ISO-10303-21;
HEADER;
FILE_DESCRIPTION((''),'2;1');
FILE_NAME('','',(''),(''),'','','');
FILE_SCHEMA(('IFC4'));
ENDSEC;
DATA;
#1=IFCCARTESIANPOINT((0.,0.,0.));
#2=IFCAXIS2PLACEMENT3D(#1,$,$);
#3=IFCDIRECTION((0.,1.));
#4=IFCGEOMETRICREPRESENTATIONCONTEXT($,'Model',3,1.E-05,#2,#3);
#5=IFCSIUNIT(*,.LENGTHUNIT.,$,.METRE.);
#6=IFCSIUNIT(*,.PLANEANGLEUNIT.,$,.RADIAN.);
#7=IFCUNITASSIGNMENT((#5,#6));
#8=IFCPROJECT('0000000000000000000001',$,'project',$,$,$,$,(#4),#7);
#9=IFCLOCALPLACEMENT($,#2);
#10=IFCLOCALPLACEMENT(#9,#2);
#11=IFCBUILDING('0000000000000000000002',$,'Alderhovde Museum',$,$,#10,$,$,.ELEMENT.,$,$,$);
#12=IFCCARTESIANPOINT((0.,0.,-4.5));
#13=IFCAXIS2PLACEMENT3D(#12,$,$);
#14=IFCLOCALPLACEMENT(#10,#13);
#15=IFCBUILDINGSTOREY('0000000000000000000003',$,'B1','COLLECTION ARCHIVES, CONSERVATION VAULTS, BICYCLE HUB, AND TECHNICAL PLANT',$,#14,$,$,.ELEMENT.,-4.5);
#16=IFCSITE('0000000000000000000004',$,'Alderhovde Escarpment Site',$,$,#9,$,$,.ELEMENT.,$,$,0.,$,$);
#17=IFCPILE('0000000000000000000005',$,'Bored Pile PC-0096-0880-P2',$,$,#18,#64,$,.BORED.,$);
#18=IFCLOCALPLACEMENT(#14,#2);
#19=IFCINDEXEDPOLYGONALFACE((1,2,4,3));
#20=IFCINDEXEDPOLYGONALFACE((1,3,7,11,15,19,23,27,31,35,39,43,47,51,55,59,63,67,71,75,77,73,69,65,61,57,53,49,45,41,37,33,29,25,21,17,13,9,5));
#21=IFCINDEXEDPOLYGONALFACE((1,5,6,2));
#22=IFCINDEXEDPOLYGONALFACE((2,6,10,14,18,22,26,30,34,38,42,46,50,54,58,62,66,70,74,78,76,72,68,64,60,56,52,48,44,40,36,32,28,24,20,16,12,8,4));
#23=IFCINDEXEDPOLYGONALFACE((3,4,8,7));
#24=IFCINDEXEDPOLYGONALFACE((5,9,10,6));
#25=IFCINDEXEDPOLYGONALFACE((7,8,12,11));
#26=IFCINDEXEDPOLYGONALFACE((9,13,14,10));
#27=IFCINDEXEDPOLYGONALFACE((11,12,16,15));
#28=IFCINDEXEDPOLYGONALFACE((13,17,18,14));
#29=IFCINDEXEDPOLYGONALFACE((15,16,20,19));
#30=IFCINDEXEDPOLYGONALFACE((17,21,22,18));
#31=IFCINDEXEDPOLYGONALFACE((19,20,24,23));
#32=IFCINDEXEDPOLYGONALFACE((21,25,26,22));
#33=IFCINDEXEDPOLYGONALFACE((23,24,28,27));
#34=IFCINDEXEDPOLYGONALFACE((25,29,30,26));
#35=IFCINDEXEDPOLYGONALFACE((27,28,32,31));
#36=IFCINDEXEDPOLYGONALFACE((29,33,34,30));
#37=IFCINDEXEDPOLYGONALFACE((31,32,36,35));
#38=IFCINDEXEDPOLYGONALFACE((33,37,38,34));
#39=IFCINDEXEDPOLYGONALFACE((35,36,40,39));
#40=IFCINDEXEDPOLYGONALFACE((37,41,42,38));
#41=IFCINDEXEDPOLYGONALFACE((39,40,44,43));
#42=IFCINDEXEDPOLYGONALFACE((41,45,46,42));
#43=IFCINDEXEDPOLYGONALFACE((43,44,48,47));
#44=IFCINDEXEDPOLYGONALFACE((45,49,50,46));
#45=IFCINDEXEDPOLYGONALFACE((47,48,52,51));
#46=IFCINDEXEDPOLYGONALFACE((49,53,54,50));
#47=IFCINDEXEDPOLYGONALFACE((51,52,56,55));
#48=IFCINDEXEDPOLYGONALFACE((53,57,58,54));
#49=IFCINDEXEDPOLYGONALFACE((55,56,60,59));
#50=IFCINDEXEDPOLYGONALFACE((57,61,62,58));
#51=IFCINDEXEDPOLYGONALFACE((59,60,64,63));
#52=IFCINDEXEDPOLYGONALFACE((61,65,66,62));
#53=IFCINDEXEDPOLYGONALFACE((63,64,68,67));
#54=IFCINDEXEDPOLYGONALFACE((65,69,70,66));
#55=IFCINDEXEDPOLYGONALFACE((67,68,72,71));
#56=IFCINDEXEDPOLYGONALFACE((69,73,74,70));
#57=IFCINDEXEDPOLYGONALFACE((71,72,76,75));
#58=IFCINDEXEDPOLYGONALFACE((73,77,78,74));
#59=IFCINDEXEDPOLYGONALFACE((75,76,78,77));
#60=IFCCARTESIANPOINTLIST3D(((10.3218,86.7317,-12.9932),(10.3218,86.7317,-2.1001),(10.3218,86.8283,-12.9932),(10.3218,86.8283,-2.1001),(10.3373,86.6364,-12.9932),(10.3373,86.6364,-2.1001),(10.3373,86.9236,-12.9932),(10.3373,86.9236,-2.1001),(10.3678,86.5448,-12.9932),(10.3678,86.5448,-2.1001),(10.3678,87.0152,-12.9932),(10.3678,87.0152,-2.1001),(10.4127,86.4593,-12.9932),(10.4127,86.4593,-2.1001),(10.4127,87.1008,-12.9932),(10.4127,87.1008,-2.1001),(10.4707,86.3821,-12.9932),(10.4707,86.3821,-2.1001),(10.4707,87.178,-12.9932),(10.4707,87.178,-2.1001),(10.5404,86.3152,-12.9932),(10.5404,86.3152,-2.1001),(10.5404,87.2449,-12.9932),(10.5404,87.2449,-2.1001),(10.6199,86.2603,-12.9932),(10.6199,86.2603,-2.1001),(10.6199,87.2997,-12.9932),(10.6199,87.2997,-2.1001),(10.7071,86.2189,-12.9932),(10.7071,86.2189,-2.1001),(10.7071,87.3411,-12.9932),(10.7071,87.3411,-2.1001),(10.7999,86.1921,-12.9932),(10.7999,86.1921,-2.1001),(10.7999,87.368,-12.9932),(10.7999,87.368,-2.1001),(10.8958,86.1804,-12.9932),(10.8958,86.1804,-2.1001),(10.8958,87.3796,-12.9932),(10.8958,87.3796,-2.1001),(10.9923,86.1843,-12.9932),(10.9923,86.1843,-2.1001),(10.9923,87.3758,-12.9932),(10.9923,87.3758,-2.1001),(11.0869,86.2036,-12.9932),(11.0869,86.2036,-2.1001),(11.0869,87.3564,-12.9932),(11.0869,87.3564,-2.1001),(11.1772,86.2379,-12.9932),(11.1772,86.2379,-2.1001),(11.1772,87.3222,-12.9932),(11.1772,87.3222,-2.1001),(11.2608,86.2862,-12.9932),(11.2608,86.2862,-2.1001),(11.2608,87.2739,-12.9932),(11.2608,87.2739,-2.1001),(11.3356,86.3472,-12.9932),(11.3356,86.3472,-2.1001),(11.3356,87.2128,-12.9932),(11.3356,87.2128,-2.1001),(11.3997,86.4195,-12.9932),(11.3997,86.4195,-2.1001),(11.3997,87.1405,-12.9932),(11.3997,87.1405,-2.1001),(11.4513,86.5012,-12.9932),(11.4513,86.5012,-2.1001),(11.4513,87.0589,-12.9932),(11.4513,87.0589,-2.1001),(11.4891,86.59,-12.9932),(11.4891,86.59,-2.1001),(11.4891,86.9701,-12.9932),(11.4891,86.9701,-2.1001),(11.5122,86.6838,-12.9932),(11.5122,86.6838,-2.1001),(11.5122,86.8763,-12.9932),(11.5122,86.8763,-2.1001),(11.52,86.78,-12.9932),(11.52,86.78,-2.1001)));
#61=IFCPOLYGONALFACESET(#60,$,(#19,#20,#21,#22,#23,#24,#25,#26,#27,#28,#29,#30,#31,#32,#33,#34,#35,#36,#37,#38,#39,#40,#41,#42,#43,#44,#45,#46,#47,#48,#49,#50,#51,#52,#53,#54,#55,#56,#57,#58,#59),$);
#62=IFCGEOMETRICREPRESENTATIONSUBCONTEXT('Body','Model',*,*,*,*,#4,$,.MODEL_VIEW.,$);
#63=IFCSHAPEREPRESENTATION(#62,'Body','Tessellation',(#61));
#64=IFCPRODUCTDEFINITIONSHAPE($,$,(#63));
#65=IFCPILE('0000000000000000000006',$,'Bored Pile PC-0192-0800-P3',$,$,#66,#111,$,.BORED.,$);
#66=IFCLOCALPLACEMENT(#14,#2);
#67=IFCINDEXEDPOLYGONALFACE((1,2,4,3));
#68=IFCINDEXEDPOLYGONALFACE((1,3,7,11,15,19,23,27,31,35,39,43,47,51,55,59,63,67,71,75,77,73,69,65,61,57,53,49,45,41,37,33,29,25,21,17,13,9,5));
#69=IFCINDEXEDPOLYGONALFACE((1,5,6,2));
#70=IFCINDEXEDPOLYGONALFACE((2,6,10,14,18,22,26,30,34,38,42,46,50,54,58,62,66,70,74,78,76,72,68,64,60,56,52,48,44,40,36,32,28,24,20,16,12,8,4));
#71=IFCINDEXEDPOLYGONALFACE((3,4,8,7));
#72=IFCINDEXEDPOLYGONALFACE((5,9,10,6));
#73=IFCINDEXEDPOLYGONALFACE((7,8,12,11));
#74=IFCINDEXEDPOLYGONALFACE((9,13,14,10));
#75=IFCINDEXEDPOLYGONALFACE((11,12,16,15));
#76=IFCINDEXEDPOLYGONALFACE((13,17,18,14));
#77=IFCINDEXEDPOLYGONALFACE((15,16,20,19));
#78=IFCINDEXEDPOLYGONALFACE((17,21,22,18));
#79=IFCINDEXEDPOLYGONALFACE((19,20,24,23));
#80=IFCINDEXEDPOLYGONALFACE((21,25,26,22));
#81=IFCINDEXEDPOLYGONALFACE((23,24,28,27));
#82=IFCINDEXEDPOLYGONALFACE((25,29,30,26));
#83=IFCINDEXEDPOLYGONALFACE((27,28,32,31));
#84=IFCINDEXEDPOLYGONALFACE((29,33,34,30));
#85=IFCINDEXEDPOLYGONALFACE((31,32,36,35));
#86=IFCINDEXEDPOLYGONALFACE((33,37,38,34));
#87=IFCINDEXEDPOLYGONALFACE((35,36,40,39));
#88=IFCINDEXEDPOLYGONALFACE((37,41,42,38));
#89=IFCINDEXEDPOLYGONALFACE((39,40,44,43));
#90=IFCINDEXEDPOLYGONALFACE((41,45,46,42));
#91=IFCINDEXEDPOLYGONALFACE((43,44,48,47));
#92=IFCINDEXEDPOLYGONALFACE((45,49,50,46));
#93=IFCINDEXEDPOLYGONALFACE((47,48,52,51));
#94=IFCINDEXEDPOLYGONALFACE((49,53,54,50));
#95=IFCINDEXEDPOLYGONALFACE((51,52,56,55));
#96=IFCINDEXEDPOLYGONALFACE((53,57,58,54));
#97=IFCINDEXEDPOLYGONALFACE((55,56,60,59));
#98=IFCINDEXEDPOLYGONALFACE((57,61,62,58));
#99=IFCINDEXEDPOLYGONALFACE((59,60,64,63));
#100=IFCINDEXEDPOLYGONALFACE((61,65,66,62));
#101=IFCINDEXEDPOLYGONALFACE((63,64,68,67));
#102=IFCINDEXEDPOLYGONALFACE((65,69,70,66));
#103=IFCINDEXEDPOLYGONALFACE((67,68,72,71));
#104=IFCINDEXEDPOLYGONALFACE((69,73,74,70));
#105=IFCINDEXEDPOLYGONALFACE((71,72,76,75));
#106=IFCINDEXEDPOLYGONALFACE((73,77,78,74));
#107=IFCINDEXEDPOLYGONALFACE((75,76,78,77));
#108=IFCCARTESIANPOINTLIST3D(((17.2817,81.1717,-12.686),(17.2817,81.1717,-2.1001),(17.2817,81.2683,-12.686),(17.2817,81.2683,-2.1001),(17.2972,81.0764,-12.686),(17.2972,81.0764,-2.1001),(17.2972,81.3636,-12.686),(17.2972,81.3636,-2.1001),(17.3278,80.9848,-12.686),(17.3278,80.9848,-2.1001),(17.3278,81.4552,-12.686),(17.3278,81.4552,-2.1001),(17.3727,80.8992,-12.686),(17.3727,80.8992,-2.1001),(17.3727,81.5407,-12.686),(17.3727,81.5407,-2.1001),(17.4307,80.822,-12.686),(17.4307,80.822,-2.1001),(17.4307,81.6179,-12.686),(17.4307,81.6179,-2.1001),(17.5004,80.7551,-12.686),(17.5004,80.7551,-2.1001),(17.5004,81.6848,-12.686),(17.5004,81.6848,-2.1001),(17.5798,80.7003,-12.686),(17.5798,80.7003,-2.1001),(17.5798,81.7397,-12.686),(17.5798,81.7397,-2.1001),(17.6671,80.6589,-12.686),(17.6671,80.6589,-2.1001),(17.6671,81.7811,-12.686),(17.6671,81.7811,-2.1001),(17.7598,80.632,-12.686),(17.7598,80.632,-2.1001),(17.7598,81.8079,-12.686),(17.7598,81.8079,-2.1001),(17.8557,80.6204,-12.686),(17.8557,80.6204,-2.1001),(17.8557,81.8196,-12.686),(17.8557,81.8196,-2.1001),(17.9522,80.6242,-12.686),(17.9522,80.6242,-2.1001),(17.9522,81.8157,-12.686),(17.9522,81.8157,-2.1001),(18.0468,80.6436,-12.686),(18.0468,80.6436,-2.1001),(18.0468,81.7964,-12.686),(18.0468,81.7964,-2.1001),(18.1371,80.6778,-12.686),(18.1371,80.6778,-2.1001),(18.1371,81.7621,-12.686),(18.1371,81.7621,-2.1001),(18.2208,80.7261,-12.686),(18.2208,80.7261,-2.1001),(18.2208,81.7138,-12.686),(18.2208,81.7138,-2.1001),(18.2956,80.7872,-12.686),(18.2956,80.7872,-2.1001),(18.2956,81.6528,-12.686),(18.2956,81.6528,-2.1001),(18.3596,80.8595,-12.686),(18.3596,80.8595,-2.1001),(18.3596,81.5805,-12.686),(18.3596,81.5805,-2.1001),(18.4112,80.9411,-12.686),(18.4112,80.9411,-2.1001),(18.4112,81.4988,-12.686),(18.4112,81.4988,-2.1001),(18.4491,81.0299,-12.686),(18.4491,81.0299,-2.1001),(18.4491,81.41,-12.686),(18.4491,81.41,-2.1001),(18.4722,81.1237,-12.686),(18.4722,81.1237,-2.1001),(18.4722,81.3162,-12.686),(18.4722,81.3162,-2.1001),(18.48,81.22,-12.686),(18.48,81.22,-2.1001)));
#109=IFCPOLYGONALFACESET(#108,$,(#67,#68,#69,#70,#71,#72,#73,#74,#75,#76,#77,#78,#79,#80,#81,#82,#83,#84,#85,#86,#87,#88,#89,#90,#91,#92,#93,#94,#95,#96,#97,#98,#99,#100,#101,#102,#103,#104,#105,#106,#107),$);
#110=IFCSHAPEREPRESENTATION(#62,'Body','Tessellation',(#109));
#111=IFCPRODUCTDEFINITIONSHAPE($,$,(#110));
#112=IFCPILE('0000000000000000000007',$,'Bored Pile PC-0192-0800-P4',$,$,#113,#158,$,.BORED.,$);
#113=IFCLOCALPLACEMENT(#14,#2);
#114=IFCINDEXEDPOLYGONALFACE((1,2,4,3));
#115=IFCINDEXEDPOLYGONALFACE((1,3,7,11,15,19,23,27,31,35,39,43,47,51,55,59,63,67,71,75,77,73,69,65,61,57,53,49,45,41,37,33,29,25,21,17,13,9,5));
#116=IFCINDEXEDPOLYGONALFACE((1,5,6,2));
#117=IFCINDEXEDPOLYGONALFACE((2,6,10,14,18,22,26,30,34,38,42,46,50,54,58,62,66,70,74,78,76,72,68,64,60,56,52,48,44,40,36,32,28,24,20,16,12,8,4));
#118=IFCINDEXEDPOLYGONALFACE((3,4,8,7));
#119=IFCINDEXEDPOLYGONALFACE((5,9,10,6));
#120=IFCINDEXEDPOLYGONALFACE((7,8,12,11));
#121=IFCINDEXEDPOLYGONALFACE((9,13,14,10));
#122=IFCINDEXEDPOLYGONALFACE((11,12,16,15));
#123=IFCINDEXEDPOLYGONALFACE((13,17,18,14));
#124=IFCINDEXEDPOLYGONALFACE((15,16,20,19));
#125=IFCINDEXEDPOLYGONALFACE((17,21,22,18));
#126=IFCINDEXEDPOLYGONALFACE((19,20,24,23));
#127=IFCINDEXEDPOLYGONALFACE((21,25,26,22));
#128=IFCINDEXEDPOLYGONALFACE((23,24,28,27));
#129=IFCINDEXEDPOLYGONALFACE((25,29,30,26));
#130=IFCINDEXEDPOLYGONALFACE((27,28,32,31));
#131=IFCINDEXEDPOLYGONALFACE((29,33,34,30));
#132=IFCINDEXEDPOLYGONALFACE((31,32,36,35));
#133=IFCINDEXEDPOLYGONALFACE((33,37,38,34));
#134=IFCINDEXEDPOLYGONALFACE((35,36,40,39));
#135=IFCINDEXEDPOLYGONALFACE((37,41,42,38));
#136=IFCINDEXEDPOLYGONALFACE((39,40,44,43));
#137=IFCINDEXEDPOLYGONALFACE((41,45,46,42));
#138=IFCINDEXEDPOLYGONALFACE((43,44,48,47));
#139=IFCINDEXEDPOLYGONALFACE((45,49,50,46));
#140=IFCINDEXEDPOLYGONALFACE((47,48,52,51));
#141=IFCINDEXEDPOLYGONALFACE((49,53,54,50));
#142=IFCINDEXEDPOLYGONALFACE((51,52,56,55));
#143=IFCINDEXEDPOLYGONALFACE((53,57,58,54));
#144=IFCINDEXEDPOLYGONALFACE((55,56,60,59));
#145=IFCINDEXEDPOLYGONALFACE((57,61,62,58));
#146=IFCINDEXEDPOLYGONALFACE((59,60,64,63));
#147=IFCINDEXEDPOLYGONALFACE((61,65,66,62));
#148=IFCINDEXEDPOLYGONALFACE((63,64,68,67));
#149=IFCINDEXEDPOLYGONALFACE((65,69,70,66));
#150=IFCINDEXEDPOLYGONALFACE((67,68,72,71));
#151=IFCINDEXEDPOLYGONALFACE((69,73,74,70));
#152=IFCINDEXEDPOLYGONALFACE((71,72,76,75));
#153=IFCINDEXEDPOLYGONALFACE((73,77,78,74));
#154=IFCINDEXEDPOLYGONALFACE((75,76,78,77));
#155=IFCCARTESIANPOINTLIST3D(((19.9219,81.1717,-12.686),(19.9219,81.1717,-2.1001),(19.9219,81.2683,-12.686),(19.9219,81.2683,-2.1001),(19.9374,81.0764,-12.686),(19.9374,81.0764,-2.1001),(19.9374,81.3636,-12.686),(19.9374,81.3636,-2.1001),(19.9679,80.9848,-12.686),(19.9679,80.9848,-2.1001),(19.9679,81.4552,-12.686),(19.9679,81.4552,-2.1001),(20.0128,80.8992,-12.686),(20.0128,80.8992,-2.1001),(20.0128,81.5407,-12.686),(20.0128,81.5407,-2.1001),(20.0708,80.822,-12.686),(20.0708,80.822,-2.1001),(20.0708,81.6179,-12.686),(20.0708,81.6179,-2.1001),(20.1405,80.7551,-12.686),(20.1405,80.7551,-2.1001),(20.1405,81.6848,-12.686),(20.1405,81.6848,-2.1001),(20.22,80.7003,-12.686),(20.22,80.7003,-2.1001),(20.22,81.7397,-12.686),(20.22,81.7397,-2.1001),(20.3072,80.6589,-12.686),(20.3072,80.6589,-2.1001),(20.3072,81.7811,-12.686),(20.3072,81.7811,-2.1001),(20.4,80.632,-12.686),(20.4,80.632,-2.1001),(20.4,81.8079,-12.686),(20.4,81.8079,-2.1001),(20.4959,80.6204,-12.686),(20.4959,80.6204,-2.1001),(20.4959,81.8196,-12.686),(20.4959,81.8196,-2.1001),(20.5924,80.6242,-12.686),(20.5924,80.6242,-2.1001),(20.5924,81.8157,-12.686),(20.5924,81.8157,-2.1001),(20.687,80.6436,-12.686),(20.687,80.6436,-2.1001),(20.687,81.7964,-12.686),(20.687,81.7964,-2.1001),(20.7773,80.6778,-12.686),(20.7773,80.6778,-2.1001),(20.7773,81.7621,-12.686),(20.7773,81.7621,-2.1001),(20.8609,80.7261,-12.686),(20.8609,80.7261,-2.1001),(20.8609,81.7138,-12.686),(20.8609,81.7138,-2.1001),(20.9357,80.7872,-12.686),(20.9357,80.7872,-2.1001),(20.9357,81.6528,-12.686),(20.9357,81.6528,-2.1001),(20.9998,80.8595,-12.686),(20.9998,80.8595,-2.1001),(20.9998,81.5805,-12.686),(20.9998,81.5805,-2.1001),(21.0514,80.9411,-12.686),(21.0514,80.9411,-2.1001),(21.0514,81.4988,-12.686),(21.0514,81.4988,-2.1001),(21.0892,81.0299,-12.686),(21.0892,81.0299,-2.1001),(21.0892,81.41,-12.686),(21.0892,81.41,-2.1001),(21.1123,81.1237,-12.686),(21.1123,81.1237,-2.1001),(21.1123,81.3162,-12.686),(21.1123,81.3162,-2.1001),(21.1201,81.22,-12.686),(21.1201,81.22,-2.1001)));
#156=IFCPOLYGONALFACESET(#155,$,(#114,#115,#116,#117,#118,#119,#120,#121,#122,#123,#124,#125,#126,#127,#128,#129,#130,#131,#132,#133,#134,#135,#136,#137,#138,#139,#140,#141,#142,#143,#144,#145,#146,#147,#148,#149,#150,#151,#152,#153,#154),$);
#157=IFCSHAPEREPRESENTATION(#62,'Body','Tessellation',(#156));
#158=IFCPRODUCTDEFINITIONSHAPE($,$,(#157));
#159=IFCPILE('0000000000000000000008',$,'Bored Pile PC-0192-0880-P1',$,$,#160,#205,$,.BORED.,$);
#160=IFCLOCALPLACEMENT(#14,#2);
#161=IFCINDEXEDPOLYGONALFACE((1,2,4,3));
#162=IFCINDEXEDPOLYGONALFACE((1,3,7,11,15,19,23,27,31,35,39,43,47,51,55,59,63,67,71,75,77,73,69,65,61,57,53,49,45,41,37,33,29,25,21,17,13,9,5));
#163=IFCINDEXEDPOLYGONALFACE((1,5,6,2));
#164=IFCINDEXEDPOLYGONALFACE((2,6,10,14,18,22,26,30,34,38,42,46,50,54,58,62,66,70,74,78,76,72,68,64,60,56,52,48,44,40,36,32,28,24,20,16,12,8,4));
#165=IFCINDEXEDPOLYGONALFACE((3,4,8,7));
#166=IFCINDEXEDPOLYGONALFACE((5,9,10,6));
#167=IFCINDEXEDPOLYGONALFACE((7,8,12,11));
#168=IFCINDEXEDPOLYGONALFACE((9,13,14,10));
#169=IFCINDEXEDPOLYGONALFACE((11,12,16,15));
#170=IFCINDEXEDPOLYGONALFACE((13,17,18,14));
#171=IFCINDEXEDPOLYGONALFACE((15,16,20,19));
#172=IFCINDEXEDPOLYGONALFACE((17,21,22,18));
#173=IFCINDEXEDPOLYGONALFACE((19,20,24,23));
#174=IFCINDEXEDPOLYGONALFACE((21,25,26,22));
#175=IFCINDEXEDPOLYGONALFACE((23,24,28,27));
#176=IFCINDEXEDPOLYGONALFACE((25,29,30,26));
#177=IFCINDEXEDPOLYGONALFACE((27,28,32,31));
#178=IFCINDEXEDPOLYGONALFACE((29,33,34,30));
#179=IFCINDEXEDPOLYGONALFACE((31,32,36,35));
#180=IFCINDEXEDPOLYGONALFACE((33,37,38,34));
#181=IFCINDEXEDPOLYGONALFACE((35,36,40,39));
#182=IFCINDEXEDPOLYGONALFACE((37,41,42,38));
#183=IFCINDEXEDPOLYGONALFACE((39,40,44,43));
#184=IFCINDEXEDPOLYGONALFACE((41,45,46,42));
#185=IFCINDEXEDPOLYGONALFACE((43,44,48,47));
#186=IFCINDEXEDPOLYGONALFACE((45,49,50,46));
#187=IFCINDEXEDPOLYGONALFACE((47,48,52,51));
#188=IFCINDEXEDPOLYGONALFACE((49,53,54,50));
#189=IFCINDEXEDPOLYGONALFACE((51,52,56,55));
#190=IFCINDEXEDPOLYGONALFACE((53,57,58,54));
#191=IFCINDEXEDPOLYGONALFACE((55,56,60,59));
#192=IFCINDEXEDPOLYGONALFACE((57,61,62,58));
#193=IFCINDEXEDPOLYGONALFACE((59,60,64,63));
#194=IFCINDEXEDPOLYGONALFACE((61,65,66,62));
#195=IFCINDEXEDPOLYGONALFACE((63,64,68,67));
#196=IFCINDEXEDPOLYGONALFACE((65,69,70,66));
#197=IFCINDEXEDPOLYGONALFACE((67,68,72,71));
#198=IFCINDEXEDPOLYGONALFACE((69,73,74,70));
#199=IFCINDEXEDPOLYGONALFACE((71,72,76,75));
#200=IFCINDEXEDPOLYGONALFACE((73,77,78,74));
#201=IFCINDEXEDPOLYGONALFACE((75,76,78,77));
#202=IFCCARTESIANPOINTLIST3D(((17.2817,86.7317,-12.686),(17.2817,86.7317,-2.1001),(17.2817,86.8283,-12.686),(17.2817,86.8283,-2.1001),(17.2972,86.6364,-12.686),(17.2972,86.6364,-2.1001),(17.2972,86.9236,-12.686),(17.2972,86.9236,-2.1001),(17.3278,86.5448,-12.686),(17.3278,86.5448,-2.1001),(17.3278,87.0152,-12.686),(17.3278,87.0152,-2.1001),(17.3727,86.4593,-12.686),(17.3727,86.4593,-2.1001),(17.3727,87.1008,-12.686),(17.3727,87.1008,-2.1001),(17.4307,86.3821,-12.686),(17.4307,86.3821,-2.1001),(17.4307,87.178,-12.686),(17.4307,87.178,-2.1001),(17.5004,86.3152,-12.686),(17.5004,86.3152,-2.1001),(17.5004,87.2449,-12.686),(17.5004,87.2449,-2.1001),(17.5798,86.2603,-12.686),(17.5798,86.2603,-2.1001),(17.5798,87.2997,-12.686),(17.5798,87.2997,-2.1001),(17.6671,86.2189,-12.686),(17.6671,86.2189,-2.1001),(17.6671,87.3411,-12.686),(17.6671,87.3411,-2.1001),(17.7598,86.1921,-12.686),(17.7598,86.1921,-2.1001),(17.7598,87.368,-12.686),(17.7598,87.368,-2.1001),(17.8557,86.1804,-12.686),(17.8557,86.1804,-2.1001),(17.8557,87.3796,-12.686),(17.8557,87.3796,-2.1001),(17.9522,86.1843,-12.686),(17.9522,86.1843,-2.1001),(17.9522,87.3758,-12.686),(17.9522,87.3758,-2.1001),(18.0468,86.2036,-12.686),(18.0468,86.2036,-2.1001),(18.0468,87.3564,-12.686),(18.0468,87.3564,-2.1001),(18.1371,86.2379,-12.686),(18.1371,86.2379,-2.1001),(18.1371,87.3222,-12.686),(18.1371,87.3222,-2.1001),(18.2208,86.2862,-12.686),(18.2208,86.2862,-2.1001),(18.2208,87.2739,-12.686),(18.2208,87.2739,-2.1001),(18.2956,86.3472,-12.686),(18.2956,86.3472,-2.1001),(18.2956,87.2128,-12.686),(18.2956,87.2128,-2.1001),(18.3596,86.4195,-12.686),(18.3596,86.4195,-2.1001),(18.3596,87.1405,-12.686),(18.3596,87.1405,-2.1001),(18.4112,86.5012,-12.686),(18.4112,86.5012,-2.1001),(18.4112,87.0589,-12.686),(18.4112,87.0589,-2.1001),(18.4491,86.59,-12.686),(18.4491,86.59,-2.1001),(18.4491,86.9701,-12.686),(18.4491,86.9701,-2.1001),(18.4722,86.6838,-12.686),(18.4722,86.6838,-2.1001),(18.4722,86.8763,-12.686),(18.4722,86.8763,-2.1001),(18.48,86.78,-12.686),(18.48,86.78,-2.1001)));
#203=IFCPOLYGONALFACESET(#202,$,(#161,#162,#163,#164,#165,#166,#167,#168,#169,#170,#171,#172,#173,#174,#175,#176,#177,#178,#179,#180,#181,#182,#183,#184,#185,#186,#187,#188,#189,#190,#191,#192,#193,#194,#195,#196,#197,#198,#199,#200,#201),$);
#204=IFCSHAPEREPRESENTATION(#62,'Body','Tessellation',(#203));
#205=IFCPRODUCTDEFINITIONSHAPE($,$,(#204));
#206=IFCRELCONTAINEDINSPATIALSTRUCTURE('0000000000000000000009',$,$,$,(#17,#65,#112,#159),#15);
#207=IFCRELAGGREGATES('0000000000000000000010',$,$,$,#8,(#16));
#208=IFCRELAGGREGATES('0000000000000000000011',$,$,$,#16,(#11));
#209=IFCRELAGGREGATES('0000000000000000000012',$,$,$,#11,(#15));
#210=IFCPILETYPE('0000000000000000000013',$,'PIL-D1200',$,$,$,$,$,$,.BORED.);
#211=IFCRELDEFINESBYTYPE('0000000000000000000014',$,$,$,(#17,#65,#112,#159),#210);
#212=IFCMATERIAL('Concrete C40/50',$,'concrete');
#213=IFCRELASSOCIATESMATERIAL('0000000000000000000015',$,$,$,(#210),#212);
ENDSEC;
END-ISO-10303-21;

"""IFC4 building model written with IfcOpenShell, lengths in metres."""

from ifc_helpers import new_model, si_unit, direction, frame, origin, origin_2d, place, context, subcontext, project, spatial, circle, extrude, material, material_profile, profile_set, type_object, element, save


model = new_model("IFC4")

# Units and contexts
model_context = context("Model", 3, precision=1e-05, world=origin(), true_north=direction((0.0, 1.0)))
body_context = subcontext(model_context, "Body", "Model", "MODEL_VIEW")
ifc_project = project(units=[si_unit("LENGTHUNIT", "METRE"), si_unit("PLANEANGLEUNIT", "RADIAN")], contexts=[model_context])

# Site, building, storey
site_placement = place(None, origin())
site = spatial("IfcSite", under=ifc_project, at=site_placement, Name="Alderhovde Escarpment Site", CompositionType="ELEMENT", RefElevation=0.0)
building_placement = place(site_placement, origin())
building = spatial("IfcBuilding", under=site, at=building_placement, Name="Alderhovde Museum", CompositionType="ELEMENT")
storey_placement = place(building_placement, frame((0.0, 0.0, -4.5)))
storey = spatial("IfcBuildingStorey", under=building, at=storey_placement, Name="B1", Description="COLLECTION ARCHIVES, CONSERVATION VAULTS, BICYCLE HUB, AND TECHNICAL PLANT", CompositionType="ELEMENT", Elevation=-4.5)

# Piles
ifc_material_1 = material(Name="Concrete C40/50", Category="concrete")
ifc_material_profile_1 = material_profile(ifc_material_1, circle(Radius=0.6001, at=origin_2d()), Name="PILE-D1200")
ifc_profile_set_1 = profile_set([ifc_material_profile_1], Name="Concrete C40/50")
pile_type = type_object("IfcPileType", Name="PIL-D1200", PredefinedType="BORED", material=ifc_profile_set_1)
for number, where, z_axis, x_axis, name in (
    (1, (10.9199, 86.78, -2.1001), (0.0, 0.0, -1.0), (1.0, 0.0, 0.0), "Bored Pile PC-0096-0880-P2"),
):
    element("IfcPile", number, at=place(storey_placement, frame(where, z_axis=z_axis, x_axis=x_axis)), inside=storey, type_object=pile_type, Name=name, PredefinedType="BORED", context=body_context, shape_type="SweptSolid", body=[
        extrude(circle(Radius=0.6001, at=origin_2d()), origin(), (0.0, 0.0, 1.0), 10.8931),
    ])
for number, where, z_axis, x_axis, name in (
    (2, (17.8799, 81.22, -2.1001), (0.0, 0.0, -1.0), (1.0, 0.0, 0.0), "Bored Pile PC-0192-0800-P3"),
    (3, (20.52, 81.22, -2.1001), (0.0, 0.0, -1.0), (1.0, 0.0, 0.0), "Bored Pile PC-0192-0800-P4"),
    (4, (17.8799, 86.78, -2.1001), (0.0, 0.0, -1.0), (1.0, 0.0, 0.0), "Bored Pile PC-0192-0880-P1"),
):
    element("IfcPile", number, at=place(storey_placement, frame(where, z_axis=z_axis, x_axis=x_axis)), inside=storey, type_object=pile_type, Name=name, PredefinedType="BORED", context=body_context, shape_type="SweptSolid", body=[
        extrude(circle(Radius=0.6001, at=origin_2d()), origin(), (0.0, 0.0, 1.0), 10.5859),
    ])

save(model, "model.ifc")
